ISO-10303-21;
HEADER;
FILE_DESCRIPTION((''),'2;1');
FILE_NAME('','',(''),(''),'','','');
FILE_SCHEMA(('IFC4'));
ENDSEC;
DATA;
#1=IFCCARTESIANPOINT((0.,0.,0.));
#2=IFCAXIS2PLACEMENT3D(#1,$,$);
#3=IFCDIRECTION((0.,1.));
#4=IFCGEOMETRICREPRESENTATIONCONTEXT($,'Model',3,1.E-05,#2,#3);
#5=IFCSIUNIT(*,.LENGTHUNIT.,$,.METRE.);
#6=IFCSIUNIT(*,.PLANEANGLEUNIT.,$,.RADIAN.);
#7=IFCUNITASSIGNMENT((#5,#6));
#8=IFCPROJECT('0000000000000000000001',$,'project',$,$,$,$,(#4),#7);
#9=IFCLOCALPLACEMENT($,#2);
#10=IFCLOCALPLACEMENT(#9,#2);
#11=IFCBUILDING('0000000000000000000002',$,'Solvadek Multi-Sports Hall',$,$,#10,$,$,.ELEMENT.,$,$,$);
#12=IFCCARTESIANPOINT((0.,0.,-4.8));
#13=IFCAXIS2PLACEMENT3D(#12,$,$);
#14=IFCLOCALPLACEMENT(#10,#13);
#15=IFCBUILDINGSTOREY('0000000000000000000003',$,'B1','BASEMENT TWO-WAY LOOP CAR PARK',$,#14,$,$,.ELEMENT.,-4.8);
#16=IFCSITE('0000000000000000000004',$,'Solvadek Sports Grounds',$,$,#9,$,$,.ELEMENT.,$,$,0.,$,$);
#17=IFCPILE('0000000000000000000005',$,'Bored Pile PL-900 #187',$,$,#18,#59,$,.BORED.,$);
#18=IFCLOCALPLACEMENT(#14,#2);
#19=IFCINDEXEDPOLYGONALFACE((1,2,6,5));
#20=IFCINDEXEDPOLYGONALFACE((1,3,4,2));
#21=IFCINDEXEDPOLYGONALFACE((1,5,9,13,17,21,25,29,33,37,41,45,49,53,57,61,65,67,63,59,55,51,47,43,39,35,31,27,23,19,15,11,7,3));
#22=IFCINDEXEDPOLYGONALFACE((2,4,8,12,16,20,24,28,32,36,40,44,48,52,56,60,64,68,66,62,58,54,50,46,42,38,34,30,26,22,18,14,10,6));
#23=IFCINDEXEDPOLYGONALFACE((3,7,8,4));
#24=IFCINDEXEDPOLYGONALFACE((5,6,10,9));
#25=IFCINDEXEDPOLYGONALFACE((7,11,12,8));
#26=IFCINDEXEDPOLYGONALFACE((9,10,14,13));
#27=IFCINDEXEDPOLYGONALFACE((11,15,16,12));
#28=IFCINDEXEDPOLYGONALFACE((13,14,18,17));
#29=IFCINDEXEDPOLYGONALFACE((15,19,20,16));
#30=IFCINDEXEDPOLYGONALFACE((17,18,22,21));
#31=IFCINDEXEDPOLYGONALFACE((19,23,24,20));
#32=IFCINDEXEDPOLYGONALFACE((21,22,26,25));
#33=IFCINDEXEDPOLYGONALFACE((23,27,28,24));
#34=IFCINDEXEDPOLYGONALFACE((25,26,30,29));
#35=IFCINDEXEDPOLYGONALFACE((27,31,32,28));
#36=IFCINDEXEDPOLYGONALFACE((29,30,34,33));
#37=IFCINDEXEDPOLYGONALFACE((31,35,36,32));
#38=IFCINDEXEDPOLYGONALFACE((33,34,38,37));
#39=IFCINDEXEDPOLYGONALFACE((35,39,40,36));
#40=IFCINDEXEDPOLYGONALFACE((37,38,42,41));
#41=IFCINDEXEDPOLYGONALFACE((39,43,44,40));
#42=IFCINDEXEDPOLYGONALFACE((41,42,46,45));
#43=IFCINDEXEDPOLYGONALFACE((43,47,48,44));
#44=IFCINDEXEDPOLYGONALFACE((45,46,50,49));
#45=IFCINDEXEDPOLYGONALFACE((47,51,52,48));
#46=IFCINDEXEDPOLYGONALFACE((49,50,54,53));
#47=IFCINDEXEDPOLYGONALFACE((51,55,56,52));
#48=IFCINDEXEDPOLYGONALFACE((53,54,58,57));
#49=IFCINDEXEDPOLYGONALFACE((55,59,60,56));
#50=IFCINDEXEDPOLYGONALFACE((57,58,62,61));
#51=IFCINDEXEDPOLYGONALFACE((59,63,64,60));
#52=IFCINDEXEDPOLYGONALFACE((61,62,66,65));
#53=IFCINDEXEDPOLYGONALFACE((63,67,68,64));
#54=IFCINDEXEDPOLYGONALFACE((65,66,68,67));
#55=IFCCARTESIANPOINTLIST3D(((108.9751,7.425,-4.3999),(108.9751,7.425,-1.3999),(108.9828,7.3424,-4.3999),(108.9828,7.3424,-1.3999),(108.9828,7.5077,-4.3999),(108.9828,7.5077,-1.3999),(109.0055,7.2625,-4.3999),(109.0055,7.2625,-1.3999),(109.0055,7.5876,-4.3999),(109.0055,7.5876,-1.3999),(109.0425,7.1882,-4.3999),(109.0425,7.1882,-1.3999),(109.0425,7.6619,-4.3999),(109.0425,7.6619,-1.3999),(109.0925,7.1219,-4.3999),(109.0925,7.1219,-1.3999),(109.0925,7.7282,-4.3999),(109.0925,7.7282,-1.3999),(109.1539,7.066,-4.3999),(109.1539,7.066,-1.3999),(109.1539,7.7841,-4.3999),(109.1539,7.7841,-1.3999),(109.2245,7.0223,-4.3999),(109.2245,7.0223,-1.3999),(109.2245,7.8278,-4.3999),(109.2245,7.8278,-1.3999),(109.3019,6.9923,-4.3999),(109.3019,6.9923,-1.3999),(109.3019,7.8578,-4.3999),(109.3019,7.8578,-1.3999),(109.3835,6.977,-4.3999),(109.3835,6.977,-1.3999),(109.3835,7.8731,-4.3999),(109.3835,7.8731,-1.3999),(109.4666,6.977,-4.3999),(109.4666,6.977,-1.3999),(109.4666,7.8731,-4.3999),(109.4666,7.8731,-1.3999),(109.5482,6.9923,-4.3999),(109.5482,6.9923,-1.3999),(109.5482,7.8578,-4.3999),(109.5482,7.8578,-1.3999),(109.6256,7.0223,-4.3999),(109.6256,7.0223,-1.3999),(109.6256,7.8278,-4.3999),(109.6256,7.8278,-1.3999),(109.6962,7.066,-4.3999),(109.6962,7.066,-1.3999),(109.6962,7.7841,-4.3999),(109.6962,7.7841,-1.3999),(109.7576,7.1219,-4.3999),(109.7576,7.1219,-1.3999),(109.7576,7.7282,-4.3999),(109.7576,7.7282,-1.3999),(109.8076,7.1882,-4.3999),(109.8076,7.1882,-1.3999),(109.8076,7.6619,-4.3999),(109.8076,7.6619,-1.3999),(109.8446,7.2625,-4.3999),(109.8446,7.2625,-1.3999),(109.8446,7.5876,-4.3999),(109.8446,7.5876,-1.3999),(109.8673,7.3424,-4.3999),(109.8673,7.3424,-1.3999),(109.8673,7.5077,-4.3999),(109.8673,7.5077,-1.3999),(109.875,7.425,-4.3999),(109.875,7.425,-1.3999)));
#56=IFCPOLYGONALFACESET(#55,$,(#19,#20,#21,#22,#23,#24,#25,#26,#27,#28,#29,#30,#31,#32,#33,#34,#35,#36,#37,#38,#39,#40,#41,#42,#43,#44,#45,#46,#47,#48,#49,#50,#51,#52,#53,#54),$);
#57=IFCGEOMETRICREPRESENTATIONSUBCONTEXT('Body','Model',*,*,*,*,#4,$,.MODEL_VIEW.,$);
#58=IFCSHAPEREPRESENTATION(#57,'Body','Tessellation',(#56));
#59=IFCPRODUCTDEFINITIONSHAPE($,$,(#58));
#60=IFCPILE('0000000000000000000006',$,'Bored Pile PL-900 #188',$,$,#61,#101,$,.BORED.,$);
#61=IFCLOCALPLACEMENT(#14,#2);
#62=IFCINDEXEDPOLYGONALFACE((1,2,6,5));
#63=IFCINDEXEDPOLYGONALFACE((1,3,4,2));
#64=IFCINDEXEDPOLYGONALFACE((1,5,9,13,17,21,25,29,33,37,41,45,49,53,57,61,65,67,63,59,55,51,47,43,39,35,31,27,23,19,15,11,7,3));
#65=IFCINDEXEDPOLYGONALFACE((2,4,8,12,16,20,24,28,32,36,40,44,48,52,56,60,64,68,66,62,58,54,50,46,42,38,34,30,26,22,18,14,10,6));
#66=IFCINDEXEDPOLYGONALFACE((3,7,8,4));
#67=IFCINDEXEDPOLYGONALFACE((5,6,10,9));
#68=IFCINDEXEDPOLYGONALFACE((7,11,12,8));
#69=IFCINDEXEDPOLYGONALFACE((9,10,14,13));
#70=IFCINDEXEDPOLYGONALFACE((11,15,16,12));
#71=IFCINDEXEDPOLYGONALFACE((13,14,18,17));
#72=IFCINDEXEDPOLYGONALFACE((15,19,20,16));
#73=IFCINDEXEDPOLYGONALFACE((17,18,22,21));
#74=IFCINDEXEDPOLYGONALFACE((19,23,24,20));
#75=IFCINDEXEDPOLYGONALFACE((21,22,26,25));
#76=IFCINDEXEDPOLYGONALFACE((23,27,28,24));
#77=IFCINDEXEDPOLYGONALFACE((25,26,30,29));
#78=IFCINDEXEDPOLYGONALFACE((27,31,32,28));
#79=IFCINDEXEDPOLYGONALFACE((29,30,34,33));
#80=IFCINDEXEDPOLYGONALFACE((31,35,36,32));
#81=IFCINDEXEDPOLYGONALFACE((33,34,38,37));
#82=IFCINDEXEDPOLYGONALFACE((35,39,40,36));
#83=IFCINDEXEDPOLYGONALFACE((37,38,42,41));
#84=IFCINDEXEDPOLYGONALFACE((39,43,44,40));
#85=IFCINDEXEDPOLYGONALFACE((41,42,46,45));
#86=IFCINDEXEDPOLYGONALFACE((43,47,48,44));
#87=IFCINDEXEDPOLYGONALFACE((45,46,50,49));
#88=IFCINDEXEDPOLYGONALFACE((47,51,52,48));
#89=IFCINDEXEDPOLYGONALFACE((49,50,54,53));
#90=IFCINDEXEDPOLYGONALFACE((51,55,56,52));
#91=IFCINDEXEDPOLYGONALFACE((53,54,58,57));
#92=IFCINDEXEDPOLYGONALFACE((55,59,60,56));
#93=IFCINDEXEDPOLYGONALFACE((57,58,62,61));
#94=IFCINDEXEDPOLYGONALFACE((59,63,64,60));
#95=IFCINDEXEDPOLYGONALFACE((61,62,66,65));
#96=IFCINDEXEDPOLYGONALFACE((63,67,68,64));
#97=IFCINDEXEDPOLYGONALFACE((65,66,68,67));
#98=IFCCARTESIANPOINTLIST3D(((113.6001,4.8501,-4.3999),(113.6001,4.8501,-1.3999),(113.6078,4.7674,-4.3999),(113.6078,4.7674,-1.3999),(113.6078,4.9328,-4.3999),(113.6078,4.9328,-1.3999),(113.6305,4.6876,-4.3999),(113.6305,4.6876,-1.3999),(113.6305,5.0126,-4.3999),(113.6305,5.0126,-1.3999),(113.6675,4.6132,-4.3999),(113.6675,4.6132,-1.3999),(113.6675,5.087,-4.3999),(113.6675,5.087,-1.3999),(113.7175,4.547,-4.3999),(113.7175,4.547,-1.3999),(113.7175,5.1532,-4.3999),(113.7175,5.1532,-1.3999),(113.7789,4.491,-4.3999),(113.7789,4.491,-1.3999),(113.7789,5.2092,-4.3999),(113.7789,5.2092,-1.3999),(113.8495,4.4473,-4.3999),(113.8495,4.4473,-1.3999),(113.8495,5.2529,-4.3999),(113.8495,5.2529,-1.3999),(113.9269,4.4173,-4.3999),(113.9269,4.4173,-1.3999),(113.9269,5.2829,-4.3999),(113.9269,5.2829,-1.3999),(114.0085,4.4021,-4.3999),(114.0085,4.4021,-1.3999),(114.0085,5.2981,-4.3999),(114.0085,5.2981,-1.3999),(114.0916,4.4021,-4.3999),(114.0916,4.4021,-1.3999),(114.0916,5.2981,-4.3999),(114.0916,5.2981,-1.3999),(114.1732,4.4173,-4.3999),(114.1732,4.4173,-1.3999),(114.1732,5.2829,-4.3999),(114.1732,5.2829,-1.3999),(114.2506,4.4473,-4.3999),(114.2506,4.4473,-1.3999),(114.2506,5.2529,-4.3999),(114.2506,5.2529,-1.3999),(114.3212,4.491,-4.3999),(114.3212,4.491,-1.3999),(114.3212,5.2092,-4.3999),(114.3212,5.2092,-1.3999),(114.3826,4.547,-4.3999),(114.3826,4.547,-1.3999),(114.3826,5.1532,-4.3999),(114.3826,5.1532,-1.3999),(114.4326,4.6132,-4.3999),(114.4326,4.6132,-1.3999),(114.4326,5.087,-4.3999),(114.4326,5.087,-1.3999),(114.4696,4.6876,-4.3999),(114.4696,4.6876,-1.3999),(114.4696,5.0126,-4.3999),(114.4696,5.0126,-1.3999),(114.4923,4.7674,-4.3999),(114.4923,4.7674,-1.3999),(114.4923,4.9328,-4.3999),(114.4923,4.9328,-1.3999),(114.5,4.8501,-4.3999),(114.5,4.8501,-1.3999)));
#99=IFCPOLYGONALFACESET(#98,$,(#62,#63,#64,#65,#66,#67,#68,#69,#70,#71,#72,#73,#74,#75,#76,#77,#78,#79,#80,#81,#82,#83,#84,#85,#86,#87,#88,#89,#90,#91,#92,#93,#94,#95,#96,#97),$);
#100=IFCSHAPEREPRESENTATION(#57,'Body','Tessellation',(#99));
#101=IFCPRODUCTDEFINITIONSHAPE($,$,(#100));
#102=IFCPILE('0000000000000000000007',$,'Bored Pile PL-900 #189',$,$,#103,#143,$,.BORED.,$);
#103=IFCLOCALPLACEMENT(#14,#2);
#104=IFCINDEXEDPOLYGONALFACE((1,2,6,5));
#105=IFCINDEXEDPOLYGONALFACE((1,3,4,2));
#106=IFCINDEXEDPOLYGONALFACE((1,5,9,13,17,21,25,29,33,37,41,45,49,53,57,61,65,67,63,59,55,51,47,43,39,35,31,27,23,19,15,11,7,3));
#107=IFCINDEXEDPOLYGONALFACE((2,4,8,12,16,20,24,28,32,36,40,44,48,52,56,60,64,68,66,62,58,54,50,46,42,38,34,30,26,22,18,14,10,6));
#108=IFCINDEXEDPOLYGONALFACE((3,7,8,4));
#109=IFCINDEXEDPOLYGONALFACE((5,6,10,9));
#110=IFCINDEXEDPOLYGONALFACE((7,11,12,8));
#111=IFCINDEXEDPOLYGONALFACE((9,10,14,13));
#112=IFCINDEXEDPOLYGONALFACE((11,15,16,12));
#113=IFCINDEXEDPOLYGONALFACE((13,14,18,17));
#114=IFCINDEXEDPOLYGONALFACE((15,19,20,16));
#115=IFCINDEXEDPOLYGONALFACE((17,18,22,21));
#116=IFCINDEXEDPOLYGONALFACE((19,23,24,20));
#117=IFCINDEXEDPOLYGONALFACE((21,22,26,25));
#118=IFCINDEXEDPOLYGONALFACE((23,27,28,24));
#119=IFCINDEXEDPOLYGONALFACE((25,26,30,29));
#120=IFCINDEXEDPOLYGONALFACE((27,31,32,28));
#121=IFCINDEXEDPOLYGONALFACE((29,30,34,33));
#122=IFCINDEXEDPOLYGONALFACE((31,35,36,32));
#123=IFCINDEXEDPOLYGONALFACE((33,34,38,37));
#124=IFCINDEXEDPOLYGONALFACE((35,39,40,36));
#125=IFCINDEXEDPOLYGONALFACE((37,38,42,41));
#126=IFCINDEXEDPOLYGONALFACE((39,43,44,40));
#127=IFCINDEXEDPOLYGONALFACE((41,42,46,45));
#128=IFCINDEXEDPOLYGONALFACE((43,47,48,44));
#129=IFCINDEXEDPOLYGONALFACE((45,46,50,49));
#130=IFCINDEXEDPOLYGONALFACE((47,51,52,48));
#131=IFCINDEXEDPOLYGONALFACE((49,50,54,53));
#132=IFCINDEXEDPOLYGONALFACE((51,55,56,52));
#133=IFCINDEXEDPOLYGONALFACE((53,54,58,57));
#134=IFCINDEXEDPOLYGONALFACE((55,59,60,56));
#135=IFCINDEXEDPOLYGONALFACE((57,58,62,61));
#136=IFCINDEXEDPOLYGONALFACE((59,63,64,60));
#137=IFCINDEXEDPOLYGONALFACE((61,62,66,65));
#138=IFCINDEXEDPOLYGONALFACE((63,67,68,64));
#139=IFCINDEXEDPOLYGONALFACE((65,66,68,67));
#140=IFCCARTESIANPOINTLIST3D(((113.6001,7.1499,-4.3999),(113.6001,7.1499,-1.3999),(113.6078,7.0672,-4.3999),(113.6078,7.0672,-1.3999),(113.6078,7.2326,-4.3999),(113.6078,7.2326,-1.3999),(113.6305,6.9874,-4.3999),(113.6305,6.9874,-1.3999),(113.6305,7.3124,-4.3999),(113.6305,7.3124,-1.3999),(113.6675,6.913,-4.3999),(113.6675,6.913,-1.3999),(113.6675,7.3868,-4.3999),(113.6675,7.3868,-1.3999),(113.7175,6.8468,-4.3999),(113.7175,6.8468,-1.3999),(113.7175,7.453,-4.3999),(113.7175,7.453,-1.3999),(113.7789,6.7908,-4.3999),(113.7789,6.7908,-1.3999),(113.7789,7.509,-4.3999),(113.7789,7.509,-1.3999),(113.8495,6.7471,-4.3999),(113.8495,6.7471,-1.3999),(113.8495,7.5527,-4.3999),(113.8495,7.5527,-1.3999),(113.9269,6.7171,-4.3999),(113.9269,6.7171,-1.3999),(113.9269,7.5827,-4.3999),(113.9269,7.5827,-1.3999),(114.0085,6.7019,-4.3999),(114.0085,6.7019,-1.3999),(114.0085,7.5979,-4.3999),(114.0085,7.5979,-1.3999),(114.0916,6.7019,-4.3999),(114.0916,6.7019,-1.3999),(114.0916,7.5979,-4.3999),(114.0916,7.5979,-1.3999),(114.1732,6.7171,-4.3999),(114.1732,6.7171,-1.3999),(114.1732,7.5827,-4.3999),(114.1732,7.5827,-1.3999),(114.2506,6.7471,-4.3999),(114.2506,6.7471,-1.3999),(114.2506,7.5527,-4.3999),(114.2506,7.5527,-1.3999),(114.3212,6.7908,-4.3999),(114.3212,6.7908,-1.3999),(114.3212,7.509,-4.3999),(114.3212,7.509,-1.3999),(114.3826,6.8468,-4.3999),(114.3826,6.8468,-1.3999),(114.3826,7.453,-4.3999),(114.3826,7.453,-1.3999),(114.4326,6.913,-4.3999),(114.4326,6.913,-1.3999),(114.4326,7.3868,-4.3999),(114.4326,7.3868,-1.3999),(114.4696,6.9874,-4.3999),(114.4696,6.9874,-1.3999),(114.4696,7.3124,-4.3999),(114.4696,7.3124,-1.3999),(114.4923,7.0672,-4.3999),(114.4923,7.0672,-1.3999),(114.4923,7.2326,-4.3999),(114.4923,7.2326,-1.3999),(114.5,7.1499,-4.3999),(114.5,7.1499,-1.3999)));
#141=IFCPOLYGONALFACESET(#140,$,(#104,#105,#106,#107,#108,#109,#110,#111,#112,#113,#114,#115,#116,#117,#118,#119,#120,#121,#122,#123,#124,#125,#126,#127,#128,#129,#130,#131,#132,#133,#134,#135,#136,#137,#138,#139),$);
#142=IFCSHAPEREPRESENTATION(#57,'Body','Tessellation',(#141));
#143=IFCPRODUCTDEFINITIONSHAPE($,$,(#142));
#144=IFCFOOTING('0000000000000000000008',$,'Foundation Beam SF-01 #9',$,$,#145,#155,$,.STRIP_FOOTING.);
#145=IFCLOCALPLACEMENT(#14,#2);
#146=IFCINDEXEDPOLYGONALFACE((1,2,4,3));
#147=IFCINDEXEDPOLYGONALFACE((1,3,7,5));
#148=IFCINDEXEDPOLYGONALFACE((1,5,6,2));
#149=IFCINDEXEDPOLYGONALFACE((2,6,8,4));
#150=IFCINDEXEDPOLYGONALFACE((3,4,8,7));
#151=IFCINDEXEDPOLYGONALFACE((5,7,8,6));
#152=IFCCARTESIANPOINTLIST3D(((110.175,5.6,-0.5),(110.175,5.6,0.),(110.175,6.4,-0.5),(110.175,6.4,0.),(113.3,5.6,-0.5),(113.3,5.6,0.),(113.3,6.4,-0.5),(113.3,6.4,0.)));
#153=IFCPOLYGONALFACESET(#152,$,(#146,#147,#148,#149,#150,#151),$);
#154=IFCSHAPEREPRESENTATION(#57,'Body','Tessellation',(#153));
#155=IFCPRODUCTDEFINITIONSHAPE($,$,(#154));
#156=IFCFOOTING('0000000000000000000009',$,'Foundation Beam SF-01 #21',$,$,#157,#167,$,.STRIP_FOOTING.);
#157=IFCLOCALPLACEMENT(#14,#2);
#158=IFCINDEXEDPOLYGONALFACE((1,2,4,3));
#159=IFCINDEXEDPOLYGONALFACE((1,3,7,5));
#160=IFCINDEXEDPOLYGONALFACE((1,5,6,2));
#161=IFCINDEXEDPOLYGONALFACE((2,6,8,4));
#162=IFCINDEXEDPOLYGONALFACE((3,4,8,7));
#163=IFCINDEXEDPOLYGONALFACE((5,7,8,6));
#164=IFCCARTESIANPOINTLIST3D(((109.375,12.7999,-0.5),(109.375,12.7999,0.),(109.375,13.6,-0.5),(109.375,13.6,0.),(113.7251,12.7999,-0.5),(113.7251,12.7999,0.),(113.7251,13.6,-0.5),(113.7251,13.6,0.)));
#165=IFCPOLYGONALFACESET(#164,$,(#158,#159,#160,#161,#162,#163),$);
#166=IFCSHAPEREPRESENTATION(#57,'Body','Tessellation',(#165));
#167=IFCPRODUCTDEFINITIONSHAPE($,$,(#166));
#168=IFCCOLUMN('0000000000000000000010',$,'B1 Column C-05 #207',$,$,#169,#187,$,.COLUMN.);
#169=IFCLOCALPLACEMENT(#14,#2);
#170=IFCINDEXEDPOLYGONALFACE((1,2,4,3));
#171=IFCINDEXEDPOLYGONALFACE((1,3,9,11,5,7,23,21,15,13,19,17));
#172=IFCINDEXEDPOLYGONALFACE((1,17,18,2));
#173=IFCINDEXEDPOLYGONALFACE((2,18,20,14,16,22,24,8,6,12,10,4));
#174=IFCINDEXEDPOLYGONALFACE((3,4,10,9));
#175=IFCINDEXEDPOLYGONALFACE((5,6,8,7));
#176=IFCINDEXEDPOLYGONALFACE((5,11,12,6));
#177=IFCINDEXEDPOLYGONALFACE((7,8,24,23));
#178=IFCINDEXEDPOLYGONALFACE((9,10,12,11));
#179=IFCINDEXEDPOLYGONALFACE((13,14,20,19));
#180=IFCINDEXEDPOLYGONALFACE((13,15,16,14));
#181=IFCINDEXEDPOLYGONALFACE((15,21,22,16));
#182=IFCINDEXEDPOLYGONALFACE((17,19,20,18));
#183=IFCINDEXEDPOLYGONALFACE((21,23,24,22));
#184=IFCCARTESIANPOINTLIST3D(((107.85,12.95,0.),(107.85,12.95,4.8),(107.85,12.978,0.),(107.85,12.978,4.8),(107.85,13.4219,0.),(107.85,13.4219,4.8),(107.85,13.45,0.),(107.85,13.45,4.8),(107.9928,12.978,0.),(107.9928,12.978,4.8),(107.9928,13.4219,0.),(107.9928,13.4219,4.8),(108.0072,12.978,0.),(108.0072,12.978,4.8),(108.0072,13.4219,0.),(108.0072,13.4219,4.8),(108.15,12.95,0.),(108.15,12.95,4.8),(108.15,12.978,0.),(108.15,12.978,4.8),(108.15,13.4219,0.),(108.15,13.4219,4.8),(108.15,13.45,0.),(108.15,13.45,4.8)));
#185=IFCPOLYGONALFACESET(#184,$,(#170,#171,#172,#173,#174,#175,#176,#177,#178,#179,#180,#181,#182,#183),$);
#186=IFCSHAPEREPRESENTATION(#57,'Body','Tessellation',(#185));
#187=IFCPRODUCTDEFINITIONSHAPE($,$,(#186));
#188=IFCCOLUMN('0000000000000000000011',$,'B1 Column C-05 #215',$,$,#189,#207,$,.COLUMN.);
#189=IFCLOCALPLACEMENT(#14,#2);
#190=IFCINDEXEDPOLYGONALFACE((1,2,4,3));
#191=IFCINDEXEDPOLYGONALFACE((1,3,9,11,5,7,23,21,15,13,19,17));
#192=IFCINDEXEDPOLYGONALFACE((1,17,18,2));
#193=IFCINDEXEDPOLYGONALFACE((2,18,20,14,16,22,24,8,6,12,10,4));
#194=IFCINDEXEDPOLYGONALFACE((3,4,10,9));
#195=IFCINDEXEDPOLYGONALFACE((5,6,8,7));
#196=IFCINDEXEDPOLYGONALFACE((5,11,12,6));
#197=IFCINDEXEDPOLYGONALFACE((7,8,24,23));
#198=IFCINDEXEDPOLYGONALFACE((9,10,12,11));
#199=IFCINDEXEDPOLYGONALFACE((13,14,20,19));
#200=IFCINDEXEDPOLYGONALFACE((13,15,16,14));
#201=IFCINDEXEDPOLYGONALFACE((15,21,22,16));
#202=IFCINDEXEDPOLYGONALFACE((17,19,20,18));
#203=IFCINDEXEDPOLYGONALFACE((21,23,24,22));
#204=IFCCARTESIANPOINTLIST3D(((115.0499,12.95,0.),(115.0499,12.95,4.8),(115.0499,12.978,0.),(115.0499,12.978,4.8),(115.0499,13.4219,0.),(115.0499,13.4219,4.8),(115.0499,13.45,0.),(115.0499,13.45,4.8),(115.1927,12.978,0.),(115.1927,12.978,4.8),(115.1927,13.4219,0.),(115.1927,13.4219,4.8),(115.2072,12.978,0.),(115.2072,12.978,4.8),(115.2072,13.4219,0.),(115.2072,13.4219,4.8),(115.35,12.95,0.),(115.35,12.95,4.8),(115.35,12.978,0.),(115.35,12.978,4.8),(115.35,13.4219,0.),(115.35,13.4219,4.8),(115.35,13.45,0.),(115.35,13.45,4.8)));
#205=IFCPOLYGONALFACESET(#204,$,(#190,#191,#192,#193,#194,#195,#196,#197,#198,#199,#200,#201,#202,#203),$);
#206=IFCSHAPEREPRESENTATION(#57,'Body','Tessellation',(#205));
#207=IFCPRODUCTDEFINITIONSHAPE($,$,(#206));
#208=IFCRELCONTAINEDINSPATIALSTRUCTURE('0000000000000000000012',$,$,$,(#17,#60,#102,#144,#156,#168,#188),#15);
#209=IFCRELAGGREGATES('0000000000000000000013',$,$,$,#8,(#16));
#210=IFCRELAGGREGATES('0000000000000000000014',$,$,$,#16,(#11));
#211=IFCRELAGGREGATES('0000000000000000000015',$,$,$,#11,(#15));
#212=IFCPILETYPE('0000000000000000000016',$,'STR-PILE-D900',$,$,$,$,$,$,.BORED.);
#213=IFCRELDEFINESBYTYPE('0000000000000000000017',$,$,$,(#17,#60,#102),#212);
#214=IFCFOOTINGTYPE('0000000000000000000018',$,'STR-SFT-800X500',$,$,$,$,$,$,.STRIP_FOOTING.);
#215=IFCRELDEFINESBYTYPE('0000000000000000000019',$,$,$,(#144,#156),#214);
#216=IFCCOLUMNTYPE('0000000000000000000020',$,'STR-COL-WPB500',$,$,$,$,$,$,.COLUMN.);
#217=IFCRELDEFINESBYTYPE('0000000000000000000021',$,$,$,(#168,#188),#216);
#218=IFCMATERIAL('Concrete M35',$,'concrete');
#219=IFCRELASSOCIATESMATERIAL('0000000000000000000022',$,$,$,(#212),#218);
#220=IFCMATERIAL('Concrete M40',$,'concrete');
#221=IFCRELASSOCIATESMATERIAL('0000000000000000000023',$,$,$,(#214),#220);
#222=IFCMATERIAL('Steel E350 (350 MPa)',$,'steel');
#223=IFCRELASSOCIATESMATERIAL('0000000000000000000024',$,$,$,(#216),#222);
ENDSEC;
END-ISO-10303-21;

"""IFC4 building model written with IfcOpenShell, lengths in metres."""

from ifc_helpers import new_model, si_unit, direction, frame, origin, origin_2d, place, context, subcontext, project, spatial, rectangle, circle, i_section, extrude, material, material_profile, profile_set, type_object, element, save


model = new_model("IFC4")

# Units and contexts
model_context = context("Model", 3, precision=1e-05, world=origin(), true_north=direction((0.0, 1.0)))
body_context = subcontext(model_context, "Body", "Model", "MODEL_VIEW")
ifc_project = project(units=[si_unit("LENGTHUNIT", "METRE"), si_unit("PLANEANGLEUNIT", "RADIAN")], contexts=[model_context])

# Site, building, storey
site_placement = place(None, origin())
site = spatial("IfcSite", under=ifc_project, at=site_placement, Name="Solvadek Sports Grounds", CompositionType="ELEMENT", RefElevation=0.0)
building_placement = place(site_placement, origin())
building = spatial("IfcBuilding", under=site, at=building_placement, Name="Solvadek Multi-Sports Hall", CompositionType="ELEMENT")
storey_placement = place(building_placement, frame((0.0, 0.0, -4.8)))
storey = spatial("IfcBuildingStorey", under=building, at=storey_placement, Name="B1", Description="BASEMENT TWO-WAY LOOP CAR PARK", CompositionType="ELEMENT", Elevation=-4.8)

# Shared definitions
ifc_material_1 = material(Name="Concrete M40", Category="concrete")

# Piles
ifc_material_2 = material(Name="Concrete M35", Category="concrete")
ifc_material_profile_1 = material_profile(ifc_material_2, circle(Radius=0.45, at=origin_2d()), Name="BORED PILE D900")
ifc_profile_set_1 = profile_set([ifc_material_profile_1], Name="Concrete M35")
pile_type_1 = type_object("IfcPileType", Name="STR-PILE-D900", PredefinedType="BORED", material=ifc_profile_set_1)
for number, where, z_axis, x_axis, name in (
    (1, (109.425, 7.425, -1.3999), (0.0, 0.0, -1.0), (1.0, 0.0, 0.0), "Bored Pile PL-900 #187"),
    (2, (114.05, 4.8501, -1.3999), (0.0, 0.0, -1.0), (1.0, 0.0, 0.0), "Bored Pile PL-900 #188"),
    (3, (114.05, 7.1499, -1.3999), (0.0, 0.0, -1.0), (1.0, 0.0, 0.0), "Bored Pile PL-900 #189"),
):
    element("IfcPile", number, at=place(storey_placement, frame(where, z_axis=z_axis, x_axis=x_axis)), inside=storey, type_object=pile_type_1, Name=name, PredefinedType="BORED", context=body_context, shape_type="SweptSolid", body=[
        extrude(circle(Radius=0.45, at=origin_2d()), origin(), (0.0, 0.0, 1.0), 3.0),
    ])

# Footings
footing_type_1 = type_object("IfcFootingType", Name="STR-SFT-800X500", PredefinedType="STRIP_FOOTING", material=ifc_material_1)
footing_1_placement = place(storey_placement, frame((111.7375, 6.0, -0.5), z_axis=(0.0, 0.0, 1.0), x_axis=(1.0, 0.0, 0.0)))
element("IfcFooting", 4, at=footing_1_placement, inside=storey, type_object=footing_type_1, Name="Foundation Beam SF-01 #9", PredefinedType="STRIP_FOOTING", context=body_context, shape_type="SweptSolid", body=[
    extrude(rectangle(XDim=3.125, YDim=0.8, at=origin_2d()), origin(), (0.0, 0.0, 1.0), 0.5),
])
footing_2_placement = place(storey_placement, frame((111.55, 13.2, -0.5), z_axis=(0.0, 0.0, 1.0), x_axis=(1.0, 0.0, 0.0)))
element("IfcFooting", 5, at=footing_2_placement, inside=storey, type_object=footing_type_1, Name="Foundation Beam SF-01 #21", PredefinedType="STRIP_FOOTING", context=body_context, shape_type="SweptSolid", body=[
    extrude(rectangle(XDim=4.3501, YDim=0.8, at=origin_2d()), origin(), (0.0, 0.0, 1.0), 0.5),
])

# Columns
ifc_material_3 = material(Name="Steel E350 (350 MPa)", Category="steel")
ifc_material_profile_2 = material_profile(ifc_material_3, i_section(OverallWidth=0.3, OverallDepth=0.5, WebThickness=0.0144, FlangeThickness=0.0281, at=origin_2d()), Name="WPB 500")
ifc_profile_set_2 = profile_set([ifc_material_profile_2], Name="Steel E350 (350 MPa)")
column_type_1 = type_object("IfcColumnType", Name="STR-COL-WPB500", PredefinedType="COLUMN", material=ifc_profile_set_2)
for number, where, z_axis, x_axis, name in (
    (6, (108.0, 13.2, 0.0), (0.0, 0.0, 1.0), (1.0, 0.0, 0.0), "B1 Column C-05 #207"),
    (7, (115.2, 13.2, 0.0), (0.0, 0.0, 1.0), (1.0, 0.0, 0.0), "B1 Column C-05 #215"),
):
    element("IfcColumn", number, at=place(storey_placement, frame(where, z_axis=z_axis, x_axis=x_axis)), inside=storey, type_object=column_type_1, Name=name, PredefinedType="COLUMN", context=body_context, shape_type="SweptSolid", body=[
        extrude(i_section(OverallWidth=0.3, OverallDepth=0.5, WebThickness=0.0144, FlangeThickness=0.0281, at=origin_2d()), origin(), (0.0, 0.0, 1.0), 4.8),
    ])

save(model, "model.ifc")
